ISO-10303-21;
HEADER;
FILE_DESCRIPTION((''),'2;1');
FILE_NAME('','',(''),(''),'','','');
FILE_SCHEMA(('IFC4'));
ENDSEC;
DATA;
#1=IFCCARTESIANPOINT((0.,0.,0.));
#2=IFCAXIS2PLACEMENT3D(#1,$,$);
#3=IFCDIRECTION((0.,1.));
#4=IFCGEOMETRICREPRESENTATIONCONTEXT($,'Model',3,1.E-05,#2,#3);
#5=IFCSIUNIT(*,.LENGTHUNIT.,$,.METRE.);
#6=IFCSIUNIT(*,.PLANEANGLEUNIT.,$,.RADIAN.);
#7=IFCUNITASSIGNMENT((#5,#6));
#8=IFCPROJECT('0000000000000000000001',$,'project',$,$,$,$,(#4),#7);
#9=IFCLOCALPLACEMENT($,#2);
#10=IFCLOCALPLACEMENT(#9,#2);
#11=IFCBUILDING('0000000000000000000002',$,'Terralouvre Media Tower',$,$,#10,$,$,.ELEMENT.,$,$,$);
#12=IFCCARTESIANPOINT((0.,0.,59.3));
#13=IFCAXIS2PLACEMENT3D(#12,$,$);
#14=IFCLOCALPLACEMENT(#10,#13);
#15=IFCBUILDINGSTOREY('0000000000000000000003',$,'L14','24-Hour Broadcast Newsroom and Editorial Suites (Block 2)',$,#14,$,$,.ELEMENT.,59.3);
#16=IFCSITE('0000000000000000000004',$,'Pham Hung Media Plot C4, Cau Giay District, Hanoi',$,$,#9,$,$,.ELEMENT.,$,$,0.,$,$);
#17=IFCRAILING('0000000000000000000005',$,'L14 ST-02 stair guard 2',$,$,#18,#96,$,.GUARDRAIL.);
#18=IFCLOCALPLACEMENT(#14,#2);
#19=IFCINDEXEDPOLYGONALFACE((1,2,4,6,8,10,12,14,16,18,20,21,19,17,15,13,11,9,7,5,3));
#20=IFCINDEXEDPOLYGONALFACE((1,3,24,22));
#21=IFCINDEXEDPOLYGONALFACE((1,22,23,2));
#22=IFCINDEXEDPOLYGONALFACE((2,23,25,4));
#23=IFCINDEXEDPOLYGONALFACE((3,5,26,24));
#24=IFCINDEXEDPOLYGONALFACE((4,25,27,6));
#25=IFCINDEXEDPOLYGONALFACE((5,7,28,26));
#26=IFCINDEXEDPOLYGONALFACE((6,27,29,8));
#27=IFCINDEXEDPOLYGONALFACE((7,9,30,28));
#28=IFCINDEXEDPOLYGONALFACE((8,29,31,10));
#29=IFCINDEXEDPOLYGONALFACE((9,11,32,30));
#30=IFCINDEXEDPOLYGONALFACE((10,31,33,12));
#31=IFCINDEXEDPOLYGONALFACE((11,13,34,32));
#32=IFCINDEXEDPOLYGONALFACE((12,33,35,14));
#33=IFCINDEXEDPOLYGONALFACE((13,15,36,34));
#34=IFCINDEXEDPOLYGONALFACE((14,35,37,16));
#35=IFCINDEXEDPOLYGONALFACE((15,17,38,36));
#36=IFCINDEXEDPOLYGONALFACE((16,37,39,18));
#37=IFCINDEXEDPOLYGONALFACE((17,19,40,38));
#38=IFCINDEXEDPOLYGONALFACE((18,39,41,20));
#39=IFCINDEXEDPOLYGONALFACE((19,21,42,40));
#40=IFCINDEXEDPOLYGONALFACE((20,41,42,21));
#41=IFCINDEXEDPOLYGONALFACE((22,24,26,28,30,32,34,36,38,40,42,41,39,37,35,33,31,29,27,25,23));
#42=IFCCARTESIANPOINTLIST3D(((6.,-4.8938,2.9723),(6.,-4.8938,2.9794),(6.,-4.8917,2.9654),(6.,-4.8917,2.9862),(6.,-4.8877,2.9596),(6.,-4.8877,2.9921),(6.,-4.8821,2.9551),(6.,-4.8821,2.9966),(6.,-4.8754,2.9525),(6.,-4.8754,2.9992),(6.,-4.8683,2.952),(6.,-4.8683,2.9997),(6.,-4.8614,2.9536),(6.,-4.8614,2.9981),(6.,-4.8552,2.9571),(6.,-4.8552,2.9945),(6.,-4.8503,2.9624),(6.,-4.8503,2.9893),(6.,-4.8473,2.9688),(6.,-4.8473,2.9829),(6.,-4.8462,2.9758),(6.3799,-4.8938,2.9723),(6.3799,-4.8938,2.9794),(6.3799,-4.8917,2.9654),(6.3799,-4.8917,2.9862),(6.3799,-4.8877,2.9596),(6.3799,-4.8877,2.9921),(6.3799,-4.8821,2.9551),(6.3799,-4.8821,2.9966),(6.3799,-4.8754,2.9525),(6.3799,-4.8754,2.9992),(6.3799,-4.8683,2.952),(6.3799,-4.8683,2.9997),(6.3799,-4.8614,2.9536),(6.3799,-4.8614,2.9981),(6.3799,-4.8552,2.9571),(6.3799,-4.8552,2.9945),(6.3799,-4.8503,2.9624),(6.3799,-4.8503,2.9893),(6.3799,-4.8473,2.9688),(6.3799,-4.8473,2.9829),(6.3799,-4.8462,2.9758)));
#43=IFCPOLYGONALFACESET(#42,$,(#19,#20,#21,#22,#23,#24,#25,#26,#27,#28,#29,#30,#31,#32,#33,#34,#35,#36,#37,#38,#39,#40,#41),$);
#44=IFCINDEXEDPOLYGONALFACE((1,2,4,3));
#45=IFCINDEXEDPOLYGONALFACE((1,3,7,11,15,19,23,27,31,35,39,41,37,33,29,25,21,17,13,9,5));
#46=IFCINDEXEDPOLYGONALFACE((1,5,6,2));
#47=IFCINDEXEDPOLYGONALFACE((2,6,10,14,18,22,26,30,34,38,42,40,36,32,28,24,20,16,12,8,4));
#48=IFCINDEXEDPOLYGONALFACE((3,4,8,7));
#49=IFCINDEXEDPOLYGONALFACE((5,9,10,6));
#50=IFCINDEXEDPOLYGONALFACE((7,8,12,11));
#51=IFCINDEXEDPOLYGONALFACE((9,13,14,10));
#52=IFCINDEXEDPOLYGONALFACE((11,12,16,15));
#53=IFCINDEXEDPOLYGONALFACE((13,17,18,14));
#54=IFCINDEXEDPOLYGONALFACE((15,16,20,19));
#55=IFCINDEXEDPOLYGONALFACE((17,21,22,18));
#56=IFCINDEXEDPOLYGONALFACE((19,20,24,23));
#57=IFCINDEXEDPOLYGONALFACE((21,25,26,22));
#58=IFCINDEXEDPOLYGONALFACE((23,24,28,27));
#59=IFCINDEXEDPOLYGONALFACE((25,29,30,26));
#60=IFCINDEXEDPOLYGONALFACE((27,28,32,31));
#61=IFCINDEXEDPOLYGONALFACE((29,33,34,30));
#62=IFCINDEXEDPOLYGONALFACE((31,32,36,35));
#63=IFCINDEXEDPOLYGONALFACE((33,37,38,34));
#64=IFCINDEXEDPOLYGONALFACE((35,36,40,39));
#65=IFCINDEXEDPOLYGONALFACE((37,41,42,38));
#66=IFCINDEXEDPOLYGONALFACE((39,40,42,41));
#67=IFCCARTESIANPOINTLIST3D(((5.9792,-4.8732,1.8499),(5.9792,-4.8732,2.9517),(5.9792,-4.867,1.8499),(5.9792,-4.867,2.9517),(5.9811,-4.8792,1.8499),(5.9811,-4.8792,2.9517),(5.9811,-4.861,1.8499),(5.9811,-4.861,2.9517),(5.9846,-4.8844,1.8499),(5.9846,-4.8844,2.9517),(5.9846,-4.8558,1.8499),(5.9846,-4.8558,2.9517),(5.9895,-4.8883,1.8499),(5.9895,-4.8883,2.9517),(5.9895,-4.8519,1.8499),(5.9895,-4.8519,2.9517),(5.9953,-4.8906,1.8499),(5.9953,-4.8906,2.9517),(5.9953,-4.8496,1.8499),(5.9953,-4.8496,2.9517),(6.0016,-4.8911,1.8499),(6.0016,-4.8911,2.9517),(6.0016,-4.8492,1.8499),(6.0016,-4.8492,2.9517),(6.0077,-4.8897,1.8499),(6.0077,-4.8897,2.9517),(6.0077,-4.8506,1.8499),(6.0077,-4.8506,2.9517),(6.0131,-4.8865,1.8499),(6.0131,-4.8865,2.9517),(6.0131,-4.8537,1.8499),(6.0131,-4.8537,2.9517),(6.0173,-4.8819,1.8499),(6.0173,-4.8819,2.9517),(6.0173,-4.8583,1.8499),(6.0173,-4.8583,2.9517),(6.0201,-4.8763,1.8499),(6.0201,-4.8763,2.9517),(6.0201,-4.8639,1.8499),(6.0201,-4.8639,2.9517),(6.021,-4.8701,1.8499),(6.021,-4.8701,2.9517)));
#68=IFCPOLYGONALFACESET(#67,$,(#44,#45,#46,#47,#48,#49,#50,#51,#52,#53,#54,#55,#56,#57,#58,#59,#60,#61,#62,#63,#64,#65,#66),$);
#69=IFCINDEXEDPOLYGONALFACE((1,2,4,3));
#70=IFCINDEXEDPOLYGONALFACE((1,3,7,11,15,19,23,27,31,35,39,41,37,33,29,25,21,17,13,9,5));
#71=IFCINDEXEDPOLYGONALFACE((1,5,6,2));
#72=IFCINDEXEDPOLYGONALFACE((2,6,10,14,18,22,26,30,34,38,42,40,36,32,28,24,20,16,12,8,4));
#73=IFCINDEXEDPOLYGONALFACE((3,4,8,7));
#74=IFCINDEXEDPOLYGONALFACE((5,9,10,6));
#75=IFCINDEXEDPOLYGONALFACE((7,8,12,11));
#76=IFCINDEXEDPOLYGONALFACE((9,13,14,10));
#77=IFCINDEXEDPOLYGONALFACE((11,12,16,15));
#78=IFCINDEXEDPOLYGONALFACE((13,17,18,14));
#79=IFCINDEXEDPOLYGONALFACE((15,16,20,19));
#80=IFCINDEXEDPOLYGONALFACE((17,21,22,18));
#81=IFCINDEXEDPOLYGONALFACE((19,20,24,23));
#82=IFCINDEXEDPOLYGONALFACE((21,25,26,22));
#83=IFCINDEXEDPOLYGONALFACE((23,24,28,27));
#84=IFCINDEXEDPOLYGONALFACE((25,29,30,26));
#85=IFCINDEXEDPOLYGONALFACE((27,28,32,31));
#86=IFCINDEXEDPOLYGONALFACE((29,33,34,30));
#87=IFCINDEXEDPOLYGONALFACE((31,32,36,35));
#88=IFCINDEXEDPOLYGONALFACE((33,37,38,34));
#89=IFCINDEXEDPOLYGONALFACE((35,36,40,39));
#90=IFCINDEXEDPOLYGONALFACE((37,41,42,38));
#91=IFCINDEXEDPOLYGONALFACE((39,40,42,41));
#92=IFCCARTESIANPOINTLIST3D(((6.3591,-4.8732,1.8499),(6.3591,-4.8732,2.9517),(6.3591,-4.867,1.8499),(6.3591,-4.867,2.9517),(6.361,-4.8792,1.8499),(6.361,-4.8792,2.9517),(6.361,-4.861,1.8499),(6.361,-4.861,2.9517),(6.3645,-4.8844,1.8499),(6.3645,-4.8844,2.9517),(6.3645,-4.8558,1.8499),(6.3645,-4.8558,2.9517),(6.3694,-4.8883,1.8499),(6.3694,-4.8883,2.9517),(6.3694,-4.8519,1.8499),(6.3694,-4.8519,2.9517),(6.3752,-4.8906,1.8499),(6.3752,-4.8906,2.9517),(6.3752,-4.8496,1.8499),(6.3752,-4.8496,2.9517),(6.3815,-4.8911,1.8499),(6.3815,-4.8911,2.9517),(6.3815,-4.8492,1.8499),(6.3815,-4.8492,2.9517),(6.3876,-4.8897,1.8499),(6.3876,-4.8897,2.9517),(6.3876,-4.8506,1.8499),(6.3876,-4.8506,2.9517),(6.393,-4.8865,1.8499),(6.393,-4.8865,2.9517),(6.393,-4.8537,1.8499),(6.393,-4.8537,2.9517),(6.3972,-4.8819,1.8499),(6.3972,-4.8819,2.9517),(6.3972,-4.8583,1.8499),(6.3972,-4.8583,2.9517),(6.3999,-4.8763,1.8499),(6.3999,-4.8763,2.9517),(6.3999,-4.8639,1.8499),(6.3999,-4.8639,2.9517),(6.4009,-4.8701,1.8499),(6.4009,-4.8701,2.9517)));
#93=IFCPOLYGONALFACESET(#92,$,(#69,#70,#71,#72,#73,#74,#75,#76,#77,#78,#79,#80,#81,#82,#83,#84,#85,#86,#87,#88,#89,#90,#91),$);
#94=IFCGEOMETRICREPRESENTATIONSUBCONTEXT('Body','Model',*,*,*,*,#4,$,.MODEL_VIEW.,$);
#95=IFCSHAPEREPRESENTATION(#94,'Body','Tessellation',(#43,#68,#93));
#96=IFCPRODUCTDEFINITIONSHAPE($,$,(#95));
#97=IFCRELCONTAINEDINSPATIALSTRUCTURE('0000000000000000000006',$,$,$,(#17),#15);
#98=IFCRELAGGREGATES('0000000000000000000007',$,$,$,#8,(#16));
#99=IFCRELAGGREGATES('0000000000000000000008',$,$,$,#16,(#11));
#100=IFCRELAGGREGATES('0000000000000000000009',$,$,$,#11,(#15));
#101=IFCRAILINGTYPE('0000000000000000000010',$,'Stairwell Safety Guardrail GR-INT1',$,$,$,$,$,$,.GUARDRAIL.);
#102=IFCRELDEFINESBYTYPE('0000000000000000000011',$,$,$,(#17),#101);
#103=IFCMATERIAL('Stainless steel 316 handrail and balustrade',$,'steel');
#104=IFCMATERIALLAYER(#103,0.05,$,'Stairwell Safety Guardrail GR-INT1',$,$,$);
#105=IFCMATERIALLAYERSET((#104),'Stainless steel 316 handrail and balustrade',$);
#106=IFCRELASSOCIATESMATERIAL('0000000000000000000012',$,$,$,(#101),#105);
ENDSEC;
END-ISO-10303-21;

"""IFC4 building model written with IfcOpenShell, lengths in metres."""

from ifc_helpers import new_model, si_unit, direction, frame, origin, origin_2d, place, context, subcontext, project, spatial, circle, extrude, material, layer, layer_set, type_object, element, save


model = new_model("IFC4")

# Units and contexts
model_context = context("Model", 3, precision=1e-05, world=origin(), true_north=direction((0.0, 1.0)))
body_context = subcontext(model_context, "Body", "Model", "MODEL_VIEW")
ifc_project = project(units=[si_unit("LENGTHUNIT", "METRE"), si_unit("PLANEANGLEUNIT", "RADIAN")], contexts=[model_context])

# Site, building, storey
site_placement = place(None, origin())
site = spatial("IfcSite", under=ifc_project, at=site_placement, Name="Pham Hung Media Plot C4, Cau Giay District, Hanoi", CompositionType="ELEMENT", RefElevation=0.0)
building_placement = place(site_placement, origin())
building = spatial("IfcBuilding", under=site, at=building_placement, Name="Terralouvre Media Tower", CompositionType="ELEMENT")
storey_placement = place(building_placement, frame((0.0, 0.0, 59.3)))
storey = spatial("IfcBuildingStorey", under=building, at=storey_placement, Name="L14", Description="24-Hour Broadcast Newsroom and Editorial Suites (Block 2)", CompositionType="ELEMENT", Elevation=59.3)

# Railing
ifc_material_1 = material(Name="Stainless steel 316 handrail and balustrade", Category="steel")
ifc_layer_1 = layer(ifc_material_1, 0.05, Name="Stairwell Safety Guardrail GR-INT1")
ifc_layer_set_1 = layer_set([ifc_layer_1], Name="Stainless steel 316 handrail and balustrade")
railing_type_1 = type_object("IfcRailingType", Name="Stairwell Safety Guardrail GR-INT1", PredefinedType="GUARDRAIL", material=ifc_layer_set_1)
railing_1_placement = place(storey_placement, frame((6.0, -4.8701, 1.8499)))
element("IfcRailing", 1, at=railing_1_placement, inside=storey, type_object=railing_type_1, Name="L14 ST-02 stair guard 2", PredefinedType="GUARDRAIL", context=body_context, shape_type="SweptSolid", body=[
    extrude(circle(Radius=0.0239, at=origin_2d()), frame((0.0, 0.0, 1.126), z_axis=(1.0, 0.0, 0.0), x_axis=(0.0, 1.0, 0.0)), (0.0, 0.0, 1.0), 0.3799),
    extrude(circle(Radius=0.021, at=origin_2d()), origin(), (0.0, 0.0, 1.0), 1.1018),
    extrude(circle(Radius=0.021, at=origin_2d()), frame((0.3799, 0.0, 0.0)), (0.0, 0.0, 1.0), 1.1018),
])

save(model, "model.ifc")
